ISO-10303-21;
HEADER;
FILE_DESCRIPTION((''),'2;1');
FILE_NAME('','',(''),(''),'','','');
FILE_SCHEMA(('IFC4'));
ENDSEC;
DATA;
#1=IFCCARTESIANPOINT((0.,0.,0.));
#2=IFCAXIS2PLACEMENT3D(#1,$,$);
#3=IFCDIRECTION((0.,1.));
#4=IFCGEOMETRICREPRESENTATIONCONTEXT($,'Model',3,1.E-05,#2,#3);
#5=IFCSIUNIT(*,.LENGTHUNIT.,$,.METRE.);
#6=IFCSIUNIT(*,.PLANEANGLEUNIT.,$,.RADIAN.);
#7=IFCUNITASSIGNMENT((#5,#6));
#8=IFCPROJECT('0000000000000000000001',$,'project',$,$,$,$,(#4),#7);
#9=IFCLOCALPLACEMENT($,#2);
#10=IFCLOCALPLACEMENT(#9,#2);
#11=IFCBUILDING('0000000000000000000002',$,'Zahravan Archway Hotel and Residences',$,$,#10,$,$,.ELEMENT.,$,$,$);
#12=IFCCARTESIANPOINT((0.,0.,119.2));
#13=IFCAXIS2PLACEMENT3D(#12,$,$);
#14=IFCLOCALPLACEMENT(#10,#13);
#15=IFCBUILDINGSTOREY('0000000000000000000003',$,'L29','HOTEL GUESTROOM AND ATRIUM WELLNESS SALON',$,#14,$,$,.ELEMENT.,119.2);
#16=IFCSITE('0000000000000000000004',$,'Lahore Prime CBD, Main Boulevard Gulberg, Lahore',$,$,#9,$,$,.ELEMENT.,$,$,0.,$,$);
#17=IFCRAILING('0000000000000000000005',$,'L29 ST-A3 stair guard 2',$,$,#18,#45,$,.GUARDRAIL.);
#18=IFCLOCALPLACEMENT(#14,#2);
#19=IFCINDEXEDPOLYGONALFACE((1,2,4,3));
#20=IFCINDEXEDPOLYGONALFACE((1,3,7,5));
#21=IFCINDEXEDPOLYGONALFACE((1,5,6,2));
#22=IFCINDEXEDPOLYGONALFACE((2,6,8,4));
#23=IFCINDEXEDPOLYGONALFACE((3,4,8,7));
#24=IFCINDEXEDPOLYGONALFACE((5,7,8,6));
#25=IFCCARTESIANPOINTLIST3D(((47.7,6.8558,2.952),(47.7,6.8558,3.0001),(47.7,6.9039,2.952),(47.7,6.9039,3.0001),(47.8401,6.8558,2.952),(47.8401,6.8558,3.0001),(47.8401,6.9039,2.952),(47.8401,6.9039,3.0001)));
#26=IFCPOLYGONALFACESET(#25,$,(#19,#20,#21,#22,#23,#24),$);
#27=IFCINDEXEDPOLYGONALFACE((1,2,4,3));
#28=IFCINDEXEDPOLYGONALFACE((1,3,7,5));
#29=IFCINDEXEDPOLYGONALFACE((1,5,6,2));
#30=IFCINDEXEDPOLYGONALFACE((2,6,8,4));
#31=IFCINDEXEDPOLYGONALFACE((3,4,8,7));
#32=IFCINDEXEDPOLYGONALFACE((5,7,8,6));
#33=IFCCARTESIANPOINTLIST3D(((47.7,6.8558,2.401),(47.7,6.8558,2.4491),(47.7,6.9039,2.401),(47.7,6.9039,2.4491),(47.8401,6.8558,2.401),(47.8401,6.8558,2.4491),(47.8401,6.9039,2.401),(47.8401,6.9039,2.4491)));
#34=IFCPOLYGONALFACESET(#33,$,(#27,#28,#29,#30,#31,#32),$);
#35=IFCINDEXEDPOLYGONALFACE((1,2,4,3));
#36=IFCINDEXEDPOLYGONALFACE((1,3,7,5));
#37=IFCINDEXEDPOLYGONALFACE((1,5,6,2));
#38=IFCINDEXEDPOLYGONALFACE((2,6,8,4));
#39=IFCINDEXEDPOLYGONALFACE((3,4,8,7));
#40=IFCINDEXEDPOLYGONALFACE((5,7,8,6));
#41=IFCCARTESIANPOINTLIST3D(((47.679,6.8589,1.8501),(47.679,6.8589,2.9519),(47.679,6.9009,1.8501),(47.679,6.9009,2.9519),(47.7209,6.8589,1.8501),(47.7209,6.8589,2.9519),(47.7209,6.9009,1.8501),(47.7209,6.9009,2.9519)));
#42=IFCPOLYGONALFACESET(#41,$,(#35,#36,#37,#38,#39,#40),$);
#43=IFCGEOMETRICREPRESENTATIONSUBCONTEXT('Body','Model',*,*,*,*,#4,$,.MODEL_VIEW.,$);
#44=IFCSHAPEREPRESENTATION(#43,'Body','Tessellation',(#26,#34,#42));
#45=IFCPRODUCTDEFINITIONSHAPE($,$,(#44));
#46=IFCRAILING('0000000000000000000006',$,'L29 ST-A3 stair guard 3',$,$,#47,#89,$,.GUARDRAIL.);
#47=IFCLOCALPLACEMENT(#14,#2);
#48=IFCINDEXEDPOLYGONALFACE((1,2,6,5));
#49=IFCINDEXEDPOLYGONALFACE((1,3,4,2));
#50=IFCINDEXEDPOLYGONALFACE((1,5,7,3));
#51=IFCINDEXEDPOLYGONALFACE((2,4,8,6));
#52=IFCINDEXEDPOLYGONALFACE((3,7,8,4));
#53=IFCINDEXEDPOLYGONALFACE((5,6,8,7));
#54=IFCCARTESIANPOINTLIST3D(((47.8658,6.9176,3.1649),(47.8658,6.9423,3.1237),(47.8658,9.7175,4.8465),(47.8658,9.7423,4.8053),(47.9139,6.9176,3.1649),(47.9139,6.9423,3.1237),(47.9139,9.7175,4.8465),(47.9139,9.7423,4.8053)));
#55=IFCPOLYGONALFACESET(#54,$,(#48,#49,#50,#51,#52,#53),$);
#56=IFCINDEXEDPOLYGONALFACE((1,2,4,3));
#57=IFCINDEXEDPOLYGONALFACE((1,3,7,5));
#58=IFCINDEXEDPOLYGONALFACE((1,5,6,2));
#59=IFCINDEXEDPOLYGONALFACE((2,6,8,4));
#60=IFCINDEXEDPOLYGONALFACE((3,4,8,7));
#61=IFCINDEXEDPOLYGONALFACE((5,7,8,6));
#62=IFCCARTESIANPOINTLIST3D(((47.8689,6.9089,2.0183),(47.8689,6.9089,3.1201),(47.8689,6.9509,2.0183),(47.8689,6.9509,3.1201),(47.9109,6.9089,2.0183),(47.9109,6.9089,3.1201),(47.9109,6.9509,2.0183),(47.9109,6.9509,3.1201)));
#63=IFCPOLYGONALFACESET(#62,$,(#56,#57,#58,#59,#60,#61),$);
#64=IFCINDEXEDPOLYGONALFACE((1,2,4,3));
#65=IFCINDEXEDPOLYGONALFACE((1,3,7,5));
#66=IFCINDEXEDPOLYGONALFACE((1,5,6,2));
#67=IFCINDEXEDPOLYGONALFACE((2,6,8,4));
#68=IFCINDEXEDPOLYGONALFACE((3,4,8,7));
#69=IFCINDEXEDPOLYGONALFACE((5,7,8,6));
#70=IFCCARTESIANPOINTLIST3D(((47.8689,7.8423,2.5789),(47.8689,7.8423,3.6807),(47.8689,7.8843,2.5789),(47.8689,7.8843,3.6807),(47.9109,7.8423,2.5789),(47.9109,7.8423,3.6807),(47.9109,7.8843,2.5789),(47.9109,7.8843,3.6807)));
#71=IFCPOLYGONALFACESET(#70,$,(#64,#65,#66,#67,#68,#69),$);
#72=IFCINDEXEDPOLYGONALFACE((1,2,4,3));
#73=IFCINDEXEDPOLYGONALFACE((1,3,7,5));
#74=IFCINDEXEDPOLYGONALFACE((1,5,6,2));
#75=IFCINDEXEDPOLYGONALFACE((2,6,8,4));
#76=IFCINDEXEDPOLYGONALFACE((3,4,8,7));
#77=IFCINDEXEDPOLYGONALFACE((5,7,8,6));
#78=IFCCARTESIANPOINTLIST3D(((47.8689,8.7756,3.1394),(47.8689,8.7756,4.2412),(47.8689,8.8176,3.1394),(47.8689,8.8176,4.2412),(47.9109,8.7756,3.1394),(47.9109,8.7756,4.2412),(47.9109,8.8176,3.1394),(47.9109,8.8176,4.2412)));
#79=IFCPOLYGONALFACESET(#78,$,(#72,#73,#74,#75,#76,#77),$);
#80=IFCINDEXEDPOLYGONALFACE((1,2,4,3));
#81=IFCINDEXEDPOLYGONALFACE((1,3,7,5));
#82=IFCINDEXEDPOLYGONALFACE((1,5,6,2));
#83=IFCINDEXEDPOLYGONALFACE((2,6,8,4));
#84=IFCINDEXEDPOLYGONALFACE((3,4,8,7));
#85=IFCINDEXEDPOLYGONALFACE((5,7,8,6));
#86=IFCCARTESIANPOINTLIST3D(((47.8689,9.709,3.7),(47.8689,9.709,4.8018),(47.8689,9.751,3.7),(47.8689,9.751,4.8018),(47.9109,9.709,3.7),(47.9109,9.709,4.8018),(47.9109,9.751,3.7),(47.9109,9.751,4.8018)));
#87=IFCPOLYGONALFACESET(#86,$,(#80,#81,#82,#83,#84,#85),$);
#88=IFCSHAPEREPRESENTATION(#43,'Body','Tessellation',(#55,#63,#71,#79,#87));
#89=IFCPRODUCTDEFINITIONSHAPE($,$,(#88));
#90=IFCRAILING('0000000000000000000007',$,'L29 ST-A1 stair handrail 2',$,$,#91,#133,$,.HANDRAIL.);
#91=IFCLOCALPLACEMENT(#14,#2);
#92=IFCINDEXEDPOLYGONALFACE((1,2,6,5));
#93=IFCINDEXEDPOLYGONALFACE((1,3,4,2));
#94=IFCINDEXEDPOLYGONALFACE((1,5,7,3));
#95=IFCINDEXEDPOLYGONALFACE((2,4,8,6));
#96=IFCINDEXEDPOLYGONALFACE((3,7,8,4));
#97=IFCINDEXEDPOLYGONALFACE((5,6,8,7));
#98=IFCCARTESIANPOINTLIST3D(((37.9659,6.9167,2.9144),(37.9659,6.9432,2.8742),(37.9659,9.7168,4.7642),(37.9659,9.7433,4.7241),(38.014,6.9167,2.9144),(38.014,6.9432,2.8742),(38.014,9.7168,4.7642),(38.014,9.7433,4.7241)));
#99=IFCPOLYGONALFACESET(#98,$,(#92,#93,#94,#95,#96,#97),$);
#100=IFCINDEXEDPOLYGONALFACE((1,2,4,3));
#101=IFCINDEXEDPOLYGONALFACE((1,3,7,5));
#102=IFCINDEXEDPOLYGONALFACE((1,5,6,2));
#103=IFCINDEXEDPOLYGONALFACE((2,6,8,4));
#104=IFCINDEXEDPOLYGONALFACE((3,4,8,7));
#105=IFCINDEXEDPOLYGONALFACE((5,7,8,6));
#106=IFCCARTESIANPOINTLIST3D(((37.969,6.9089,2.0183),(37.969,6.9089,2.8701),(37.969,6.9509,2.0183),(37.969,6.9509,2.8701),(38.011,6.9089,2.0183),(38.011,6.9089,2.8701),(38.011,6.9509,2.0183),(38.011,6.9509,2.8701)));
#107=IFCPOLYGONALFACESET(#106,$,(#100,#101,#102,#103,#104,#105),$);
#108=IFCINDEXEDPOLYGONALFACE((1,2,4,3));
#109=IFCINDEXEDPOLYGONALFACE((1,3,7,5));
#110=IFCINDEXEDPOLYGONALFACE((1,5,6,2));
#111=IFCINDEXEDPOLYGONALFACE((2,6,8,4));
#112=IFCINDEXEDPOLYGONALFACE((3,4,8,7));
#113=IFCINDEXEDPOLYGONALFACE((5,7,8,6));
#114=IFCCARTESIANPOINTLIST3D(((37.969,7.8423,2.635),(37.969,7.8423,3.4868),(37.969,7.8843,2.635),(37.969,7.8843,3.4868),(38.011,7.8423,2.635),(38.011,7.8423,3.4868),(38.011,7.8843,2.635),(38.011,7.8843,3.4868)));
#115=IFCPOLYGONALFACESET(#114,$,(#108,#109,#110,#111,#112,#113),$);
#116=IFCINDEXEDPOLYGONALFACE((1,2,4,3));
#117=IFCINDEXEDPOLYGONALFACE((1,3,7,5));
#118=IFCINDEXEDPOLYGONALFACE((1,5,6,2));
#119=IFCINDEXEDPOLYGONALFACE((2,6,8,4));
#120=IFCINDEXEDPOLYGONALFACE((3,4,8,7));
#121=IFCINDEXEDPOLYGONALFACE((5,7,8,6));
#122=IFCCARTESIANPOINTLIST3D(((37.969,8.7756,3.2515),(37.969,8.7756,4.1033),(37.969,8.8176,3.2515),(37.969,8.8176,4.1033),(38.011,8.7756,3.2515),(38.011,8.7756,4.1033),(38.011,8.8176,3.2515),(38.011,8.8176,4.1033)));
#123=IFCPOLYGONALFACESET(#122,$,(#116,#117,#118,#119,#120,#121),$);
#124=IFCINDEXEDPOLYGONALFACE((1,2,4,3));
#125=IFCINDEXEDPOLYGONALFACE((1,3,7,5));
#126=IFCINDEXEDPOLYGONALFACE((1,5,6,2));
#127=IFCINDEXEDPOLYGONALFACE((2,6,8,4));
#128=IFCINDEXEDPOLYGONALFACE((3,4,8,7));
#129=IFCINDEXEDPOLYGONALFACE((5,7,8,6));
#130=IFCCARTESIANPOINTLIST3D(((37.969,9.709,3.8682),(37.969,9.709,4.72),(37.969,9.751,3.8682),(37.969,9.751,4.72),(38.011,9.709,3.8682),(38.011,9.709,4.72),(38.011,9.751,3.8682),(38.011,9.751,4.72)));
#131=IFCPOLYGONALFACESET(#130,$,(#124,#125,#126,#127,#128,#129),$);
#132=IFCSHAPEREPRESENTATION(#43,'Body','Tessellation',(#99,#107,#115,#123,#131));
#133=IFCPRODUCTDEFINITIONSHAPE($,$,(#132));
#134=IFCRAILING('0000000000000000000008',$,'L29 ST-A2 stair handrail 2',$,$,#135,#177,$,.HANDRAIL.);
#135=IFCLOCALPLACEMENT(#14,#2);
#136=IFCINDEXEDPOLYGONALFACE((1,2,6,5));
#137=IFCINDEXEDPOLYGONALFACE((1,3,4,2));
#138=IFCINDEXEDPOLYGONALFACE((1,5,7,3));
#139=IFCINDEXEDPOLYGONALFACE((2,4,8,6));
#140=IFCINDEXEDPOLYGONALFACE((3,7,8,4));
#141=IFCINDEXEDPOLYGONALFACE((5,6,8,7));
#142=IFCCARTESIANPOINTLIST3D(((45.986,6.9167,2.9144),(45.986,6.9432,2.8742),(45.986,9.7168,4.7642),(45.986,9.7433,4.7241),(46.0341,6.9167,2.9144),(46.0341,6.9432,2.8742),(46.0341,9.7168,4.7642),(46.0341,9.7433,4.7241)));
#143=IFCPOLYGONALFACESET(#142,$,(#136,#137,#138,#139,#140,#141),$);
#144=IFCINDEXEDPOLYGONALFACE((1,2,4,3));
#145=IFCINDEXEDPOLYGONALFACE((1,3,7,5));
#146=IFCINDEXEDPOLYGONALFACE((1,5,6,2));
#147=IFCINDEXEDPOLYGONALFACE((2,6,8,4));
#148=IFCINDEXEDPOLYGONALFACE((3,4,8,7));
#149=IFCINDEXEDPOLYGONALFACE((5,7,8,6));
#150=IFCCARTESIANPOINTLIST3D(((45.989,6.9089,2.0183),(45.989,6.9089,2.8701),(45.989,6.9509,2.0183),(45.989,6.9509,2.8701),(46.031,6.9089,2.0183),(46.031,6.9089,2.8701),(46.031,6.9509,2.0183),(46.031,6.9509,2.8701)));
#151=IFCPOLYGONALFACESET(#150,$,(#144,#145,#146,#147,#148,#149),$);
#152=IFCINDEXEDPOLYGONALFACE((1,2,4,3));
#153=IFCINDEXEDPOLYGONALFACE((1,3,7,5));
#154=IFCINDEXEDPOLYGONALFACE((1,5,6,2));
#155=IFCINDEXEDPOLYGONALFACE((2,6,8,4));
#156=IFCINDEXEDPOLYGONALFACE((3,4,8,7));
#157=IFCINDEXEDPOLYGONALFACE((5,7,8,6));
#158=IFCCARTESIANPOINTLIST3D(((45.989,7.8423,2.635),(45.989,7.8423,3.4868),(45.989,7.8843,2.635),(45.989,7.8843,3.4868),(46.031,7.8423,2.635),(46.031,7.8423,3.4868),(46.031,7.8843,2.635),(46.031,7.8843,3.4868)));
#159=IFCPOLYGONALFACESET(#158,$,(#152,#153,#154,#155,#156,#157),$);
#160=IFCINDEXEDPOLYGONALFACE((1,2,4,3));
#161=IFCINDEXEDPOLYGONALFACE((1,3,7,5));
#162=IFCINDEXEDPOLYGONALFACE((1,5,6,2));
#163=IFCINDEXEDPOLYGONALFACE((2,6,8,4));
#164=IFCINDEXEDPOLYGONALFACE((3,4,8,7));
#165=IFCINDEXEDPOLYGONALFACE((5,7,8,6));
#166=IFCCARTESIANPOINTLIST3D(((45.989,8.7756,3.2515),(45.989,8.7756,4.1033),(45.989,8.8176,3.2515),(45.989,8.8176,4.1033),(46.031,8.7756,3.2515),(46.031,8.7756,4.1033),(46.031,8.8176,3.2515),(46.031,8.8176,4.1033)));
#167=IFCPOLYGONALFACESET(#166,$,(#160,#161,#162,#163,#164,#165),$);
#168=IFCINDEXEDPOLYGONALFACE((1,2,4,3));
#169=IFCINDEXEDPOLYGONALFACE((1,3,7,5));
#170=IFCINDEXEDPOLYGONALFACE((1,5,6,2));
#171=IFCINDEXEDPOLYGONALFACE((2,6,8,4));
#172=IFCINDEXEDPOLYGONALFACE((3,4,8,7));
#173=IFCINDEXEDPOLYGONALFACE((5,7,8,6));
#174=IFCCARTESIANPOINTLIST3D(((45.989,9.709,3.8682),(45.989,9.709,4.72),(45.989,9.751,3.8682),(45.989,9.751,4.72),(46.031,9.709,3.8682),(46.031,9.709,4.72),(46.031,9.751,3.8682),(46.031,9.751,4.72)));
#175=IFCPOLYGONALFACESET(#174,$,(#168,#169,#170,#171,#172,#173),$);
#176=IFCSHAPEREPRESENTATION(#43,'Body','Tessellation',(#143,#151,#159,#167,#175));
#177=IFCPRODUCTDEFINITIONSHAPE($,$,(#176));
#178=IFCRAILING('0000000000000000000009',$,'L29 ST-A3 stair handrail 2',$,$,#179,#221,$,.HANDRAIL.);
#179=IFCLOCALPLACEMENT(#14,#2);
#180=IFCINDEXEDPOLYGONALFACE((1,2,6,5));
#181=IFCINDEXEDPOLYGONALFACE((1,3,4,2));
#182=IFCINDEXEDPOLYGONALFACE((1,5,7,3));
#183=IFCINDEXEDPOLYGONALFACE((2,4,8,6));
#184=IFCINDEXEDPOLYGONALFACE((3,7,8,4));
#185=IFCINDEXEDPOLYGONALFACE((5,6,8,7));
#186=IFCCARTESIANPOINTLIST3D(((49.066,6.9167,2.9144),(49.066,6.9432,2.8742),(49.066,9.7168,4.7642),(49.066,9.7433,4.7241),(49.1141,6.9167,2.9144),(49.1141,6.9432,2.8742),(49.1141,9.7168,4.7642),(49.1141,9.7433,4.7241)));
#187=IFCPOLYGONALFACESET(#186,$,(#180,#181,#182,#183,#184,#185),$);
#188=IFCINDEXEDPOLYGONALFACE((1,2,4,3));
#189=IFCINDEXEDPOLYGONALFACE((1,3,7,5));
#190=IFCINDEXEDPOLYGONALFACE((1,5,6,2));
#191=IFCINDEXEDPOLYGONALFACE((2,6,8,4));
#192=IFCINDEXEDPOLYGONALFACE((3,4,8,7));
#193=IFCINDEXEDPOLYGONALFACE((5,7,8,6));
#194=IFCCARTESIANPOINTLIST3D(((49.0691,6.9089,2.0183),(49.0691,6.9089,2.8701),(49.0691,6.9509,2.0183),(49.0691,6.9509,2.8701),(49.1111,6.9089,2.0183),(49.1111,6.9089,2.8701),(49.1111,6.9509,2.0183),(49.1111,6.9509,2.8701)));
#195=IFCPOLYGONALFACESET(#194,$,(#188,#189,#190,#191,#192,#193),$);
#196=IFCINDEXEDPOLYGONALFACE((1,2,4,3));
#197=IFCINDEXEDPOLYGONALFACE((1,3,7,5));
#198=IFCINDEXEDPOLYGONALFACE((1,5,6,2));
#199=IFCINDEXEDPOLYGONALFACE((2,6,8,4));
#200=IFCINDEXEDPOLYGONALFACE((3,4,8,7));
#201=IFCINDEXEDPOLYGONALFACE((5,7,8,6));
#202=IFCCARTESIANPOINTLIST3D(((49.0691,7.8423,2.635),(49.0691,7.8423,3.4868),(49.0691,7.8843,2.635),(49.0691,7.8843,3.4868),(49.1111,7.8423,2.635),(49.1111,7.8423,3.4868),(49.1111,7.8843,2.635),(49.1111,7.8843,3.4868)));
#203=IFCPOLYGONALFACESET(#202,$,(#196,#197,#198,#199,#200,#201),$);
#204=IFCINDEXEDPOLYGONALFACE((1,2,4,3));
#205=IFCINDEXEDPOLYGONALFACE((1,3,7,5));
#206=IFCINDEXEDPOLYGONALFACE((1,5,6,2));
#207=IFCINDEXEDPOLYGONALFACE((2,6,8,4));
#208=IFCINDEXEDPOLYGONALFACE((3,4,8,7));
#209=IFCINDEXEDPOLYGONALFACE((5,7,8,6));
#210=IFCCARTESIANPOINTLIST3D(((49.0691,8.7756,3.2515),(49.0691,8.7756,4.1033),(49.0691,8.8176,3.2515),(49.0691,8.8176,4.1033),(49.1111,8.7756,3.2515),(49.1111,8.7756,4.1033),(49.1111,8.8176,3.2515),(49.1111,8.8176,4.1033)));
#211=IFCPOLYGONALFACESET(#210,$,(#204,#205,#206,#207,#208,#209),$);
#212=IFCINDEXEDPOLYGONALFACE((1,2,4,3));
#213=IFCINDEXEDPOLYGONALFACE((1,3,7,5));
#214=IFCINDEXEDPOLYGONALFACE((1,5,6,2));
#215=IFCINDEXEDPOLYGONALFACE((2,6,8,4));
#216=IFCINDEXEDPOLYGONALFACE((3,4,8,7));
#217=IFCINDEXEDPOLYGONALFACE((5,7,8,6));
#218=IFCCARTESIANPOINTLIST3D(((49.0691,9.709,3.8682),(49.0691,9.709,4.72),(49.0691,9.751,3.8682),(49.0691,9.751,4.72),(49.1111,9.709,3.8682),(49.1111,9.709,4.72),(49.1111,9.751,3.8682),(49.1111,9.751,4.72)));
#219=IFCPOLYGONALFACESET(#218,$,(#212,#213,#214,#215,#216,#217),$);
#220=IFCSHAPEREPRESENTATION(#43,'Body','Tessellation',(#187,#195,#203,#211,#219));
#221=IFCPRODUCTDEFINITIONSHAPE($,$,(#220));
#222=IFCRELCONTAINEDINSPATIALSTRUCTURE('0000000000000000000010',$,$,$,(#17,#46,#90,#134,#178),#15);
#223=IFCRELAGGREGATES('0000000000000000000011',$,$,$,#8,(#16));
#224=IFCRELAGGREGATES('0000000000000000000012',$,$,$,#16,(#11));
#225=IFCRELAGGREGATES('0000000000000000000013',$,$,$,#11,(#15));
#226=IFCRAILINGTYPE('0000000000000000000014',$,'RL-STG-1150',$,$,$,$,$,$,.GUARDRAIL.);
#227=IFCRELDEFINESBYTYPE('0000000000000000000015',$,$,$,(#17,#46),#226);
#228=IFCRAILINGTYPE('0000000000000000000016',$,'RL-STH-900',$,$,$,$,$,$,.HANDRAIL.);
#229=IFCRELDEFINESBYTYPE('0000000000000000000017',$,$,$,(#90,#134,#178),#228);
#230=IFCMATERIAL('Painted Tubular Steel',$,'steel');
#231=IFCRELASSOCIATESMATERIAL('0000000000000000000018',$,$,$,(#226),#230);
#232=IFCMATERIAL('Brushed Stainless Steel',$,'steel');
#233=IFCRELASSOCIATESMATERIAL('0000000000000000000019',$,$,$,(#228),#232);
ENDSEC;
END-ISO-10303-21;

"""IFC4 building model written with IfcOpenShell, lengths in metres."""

from ifc_helpers import new_model, si_unit, direction, frame, origin, origin_2d, place, context, subcontext, project, spatial, rectangle, extrude, material, type_object, element, save


model = new_model("IFC4")

# Units and contexts
model_context = context("Model", 3, precision=1e-05, world=origin(), true_north=direction((0.0, 1.0)))
body_context = subcontext(model_context, "Body", "Model", "MODEL_VIEW")
ifc_project = project(units=[si_unit("LENGTHUNIT", "METRE"), si_unit("PLANEANGLEUNIT", "RADIAN")], contexts=[model_context])

# Site, building, storey
site_placement = place(None, origin())
site = spatial("IfcSite", under=ifc_project, at=site_placement, Name="Lahore Prime CBD, Main Boulevard Gulberg, Lahore", CompositionType="ELEMENT", RefElevation=0.0)
building_placement = place(site_placement, origin())
building = spatial("IfcBuilding", under=site, at=building_placement, Name="Zahravan Archway Hotel and Residences", CompositionType="ELEMENT")
storey_placement = place(building_placement, frame((0.0, 0.0, 119.2)))
storey = spatial("IfcBuildingStorey", under=building, at=storey_placement, Name="L29", Description="HOTEL GUESTROOM AND ATRIUM WELLNESS SALON", CompositionType="ELEMENT", Elevation=119.2)

# Railings
ifc_material_1 = material(Name="Painted Tubular Steel", Category="steel")
railing_type_1 = type_object("IfcRailingType", Name="RL-STG-1150", PredefinedType="GUARDRAIL", material=ifc_material_1)
railing_1_placement = place(storey_placement, frame((47.7, 6.8799, 1.8501)))
element("IfcRailing", 1, at=railing_1_placement, inside=storey, type_object=railing_type_1, Name="L29 ST-A3 stair guard 2", PredefinedType="GUARDRAIL", context=body_context, shape_type="SweptSolid", body=[
    extrude(rectangle(XDim=0.0481, YDim=0.0481, at=origin_2d()), frame((0.0, 0.0, 1.126), z_axis=(1.0, 0.0, 0.0), x_axis=(0.0, 1.0, 0.0)), (0.0, 0.0, 1.0), 0.1401),
    extrude(rectangle(XDim=0.0481, YDim=0.0481, at=origin_2d()), frame((0.0, 0.0, 0.575), z_axis=(1.0, 0.0, 0.0), x_axis=(0.0, 1.0, 0.0)), (0.0, 0.0, 1.0), 0.1401),
    extrude(rectangle(XDim=0.042, YDim=0.042, at=origin_2d()), origin(), (0.0, 0.0, 1.0), 1.1018),
])
railing_2_placement = place(storey_placement, frame((47.8899, 6.9299, 2.0183)))
element("IfcRailing", 2, at=railing_2_placement, inside=storey, type_object=railing_type_1, Name="L29 ST-A3 stair guard 3", PredefinedType="GUARDRAIL", context=body_context, shape_type="SweptSolid", body=[
    extrude(rectangle(XDim=0.0481, YDim=0.0481, at=origin_2d()), frame((0.0, 0.0, 1.126), z_axis=(0.0, 0.857275, 0.514858), x_axis=(-1.0, 0.0, 0.0)), (0.0, 0.0, 1.0), 3.2661),
    extrude(rectangle(XDim=0.042, YDim=0.042, at=origin_2d()), origin(), (0.0, 0.0, 1.0), 1.1018),
    extrude(rectangle(XDim=0.042, YDim=0.042, at=origin_2d()), frame((0.0, 0.9333, 0.5605)), (0.0, 0.0, 1.0), 1.1018),
    extrude(rectangle(XDim=0.042, YDim=0.042, at=origin_2d()), frame((0.0, 1.8667, 1.1211)), (0.0, 0.0, 1.0), 1.1018),
    extrude(rectangle(XDim=0.042, YDim=0.042, at=origin_2d()), frame((0.0, 2.8, 1.6816)), (0.0, 0.0, 1.0), 1.1018),
])
ifc_material_2 = material(Name="Brushed Stainless Steel", Category="steel")
railing_type_2 = type_object("IfcRailingType", Name="RL-STH-900", PredefinedType="HANDRAIL", material=ifc_material_2)
for number, where, name in (
    (3, (37.99, 6.9299, 2.0183), "L29 ST-A1 stair handrail 2"),
    (4, (46.01, 6.9299, 2.0183), "L29 ST-A2 stair handrail 2"),
    (5, (49.0901, 6.9299, 2.0183), "L29 ST-A3 stair handrail 2"),
):
    element("IfcRailing", number, at=place(storey_placement, frame(where)), inside=storey, type_object=railing_type_2, Name=name, PredefinedType="HANDRAIL", context=body_context, shape_type="SweptSolid", body=[
        extrude(rectangle(XDim=0.0481, YDim=0.0481, at=origin_2d()), frame((0.0, 0.0, 0.876), z_axis=(0.0, 0.83436, 0.55122), x_axis=(-1.0, 0.0, 0.0)), (0.0, 0.0, 1.0), 3.356),
        extrude(rectangle(XDim=0.042, YDim=0.042, at=origin_2d()), origin(), (0.0, 0.0, 1.0), 0.8518),
        extrude(rectangle(XDim=0.042, YDim=0.042, at=origin_2d()), frame((0.0, 0.9333, 0.6167)), (0.0, 0.0, 1.0), 0.8518),
        extrude(rectangle(XDim=0.042, YDim=0.042, at=origin_2d()), frame((0.0, 1.8667, 1.2332)), (0.0, 0.0, 1.0), 0.8518),
        extrude(rectangle(XDim=0.042, YDim=0.042, at=origin_2d()), frame((0.0, 2.8, 1.8499)), (0.0, 0.0, 1.0), 0.8518),
    ])

save(model, "model.ifc")
